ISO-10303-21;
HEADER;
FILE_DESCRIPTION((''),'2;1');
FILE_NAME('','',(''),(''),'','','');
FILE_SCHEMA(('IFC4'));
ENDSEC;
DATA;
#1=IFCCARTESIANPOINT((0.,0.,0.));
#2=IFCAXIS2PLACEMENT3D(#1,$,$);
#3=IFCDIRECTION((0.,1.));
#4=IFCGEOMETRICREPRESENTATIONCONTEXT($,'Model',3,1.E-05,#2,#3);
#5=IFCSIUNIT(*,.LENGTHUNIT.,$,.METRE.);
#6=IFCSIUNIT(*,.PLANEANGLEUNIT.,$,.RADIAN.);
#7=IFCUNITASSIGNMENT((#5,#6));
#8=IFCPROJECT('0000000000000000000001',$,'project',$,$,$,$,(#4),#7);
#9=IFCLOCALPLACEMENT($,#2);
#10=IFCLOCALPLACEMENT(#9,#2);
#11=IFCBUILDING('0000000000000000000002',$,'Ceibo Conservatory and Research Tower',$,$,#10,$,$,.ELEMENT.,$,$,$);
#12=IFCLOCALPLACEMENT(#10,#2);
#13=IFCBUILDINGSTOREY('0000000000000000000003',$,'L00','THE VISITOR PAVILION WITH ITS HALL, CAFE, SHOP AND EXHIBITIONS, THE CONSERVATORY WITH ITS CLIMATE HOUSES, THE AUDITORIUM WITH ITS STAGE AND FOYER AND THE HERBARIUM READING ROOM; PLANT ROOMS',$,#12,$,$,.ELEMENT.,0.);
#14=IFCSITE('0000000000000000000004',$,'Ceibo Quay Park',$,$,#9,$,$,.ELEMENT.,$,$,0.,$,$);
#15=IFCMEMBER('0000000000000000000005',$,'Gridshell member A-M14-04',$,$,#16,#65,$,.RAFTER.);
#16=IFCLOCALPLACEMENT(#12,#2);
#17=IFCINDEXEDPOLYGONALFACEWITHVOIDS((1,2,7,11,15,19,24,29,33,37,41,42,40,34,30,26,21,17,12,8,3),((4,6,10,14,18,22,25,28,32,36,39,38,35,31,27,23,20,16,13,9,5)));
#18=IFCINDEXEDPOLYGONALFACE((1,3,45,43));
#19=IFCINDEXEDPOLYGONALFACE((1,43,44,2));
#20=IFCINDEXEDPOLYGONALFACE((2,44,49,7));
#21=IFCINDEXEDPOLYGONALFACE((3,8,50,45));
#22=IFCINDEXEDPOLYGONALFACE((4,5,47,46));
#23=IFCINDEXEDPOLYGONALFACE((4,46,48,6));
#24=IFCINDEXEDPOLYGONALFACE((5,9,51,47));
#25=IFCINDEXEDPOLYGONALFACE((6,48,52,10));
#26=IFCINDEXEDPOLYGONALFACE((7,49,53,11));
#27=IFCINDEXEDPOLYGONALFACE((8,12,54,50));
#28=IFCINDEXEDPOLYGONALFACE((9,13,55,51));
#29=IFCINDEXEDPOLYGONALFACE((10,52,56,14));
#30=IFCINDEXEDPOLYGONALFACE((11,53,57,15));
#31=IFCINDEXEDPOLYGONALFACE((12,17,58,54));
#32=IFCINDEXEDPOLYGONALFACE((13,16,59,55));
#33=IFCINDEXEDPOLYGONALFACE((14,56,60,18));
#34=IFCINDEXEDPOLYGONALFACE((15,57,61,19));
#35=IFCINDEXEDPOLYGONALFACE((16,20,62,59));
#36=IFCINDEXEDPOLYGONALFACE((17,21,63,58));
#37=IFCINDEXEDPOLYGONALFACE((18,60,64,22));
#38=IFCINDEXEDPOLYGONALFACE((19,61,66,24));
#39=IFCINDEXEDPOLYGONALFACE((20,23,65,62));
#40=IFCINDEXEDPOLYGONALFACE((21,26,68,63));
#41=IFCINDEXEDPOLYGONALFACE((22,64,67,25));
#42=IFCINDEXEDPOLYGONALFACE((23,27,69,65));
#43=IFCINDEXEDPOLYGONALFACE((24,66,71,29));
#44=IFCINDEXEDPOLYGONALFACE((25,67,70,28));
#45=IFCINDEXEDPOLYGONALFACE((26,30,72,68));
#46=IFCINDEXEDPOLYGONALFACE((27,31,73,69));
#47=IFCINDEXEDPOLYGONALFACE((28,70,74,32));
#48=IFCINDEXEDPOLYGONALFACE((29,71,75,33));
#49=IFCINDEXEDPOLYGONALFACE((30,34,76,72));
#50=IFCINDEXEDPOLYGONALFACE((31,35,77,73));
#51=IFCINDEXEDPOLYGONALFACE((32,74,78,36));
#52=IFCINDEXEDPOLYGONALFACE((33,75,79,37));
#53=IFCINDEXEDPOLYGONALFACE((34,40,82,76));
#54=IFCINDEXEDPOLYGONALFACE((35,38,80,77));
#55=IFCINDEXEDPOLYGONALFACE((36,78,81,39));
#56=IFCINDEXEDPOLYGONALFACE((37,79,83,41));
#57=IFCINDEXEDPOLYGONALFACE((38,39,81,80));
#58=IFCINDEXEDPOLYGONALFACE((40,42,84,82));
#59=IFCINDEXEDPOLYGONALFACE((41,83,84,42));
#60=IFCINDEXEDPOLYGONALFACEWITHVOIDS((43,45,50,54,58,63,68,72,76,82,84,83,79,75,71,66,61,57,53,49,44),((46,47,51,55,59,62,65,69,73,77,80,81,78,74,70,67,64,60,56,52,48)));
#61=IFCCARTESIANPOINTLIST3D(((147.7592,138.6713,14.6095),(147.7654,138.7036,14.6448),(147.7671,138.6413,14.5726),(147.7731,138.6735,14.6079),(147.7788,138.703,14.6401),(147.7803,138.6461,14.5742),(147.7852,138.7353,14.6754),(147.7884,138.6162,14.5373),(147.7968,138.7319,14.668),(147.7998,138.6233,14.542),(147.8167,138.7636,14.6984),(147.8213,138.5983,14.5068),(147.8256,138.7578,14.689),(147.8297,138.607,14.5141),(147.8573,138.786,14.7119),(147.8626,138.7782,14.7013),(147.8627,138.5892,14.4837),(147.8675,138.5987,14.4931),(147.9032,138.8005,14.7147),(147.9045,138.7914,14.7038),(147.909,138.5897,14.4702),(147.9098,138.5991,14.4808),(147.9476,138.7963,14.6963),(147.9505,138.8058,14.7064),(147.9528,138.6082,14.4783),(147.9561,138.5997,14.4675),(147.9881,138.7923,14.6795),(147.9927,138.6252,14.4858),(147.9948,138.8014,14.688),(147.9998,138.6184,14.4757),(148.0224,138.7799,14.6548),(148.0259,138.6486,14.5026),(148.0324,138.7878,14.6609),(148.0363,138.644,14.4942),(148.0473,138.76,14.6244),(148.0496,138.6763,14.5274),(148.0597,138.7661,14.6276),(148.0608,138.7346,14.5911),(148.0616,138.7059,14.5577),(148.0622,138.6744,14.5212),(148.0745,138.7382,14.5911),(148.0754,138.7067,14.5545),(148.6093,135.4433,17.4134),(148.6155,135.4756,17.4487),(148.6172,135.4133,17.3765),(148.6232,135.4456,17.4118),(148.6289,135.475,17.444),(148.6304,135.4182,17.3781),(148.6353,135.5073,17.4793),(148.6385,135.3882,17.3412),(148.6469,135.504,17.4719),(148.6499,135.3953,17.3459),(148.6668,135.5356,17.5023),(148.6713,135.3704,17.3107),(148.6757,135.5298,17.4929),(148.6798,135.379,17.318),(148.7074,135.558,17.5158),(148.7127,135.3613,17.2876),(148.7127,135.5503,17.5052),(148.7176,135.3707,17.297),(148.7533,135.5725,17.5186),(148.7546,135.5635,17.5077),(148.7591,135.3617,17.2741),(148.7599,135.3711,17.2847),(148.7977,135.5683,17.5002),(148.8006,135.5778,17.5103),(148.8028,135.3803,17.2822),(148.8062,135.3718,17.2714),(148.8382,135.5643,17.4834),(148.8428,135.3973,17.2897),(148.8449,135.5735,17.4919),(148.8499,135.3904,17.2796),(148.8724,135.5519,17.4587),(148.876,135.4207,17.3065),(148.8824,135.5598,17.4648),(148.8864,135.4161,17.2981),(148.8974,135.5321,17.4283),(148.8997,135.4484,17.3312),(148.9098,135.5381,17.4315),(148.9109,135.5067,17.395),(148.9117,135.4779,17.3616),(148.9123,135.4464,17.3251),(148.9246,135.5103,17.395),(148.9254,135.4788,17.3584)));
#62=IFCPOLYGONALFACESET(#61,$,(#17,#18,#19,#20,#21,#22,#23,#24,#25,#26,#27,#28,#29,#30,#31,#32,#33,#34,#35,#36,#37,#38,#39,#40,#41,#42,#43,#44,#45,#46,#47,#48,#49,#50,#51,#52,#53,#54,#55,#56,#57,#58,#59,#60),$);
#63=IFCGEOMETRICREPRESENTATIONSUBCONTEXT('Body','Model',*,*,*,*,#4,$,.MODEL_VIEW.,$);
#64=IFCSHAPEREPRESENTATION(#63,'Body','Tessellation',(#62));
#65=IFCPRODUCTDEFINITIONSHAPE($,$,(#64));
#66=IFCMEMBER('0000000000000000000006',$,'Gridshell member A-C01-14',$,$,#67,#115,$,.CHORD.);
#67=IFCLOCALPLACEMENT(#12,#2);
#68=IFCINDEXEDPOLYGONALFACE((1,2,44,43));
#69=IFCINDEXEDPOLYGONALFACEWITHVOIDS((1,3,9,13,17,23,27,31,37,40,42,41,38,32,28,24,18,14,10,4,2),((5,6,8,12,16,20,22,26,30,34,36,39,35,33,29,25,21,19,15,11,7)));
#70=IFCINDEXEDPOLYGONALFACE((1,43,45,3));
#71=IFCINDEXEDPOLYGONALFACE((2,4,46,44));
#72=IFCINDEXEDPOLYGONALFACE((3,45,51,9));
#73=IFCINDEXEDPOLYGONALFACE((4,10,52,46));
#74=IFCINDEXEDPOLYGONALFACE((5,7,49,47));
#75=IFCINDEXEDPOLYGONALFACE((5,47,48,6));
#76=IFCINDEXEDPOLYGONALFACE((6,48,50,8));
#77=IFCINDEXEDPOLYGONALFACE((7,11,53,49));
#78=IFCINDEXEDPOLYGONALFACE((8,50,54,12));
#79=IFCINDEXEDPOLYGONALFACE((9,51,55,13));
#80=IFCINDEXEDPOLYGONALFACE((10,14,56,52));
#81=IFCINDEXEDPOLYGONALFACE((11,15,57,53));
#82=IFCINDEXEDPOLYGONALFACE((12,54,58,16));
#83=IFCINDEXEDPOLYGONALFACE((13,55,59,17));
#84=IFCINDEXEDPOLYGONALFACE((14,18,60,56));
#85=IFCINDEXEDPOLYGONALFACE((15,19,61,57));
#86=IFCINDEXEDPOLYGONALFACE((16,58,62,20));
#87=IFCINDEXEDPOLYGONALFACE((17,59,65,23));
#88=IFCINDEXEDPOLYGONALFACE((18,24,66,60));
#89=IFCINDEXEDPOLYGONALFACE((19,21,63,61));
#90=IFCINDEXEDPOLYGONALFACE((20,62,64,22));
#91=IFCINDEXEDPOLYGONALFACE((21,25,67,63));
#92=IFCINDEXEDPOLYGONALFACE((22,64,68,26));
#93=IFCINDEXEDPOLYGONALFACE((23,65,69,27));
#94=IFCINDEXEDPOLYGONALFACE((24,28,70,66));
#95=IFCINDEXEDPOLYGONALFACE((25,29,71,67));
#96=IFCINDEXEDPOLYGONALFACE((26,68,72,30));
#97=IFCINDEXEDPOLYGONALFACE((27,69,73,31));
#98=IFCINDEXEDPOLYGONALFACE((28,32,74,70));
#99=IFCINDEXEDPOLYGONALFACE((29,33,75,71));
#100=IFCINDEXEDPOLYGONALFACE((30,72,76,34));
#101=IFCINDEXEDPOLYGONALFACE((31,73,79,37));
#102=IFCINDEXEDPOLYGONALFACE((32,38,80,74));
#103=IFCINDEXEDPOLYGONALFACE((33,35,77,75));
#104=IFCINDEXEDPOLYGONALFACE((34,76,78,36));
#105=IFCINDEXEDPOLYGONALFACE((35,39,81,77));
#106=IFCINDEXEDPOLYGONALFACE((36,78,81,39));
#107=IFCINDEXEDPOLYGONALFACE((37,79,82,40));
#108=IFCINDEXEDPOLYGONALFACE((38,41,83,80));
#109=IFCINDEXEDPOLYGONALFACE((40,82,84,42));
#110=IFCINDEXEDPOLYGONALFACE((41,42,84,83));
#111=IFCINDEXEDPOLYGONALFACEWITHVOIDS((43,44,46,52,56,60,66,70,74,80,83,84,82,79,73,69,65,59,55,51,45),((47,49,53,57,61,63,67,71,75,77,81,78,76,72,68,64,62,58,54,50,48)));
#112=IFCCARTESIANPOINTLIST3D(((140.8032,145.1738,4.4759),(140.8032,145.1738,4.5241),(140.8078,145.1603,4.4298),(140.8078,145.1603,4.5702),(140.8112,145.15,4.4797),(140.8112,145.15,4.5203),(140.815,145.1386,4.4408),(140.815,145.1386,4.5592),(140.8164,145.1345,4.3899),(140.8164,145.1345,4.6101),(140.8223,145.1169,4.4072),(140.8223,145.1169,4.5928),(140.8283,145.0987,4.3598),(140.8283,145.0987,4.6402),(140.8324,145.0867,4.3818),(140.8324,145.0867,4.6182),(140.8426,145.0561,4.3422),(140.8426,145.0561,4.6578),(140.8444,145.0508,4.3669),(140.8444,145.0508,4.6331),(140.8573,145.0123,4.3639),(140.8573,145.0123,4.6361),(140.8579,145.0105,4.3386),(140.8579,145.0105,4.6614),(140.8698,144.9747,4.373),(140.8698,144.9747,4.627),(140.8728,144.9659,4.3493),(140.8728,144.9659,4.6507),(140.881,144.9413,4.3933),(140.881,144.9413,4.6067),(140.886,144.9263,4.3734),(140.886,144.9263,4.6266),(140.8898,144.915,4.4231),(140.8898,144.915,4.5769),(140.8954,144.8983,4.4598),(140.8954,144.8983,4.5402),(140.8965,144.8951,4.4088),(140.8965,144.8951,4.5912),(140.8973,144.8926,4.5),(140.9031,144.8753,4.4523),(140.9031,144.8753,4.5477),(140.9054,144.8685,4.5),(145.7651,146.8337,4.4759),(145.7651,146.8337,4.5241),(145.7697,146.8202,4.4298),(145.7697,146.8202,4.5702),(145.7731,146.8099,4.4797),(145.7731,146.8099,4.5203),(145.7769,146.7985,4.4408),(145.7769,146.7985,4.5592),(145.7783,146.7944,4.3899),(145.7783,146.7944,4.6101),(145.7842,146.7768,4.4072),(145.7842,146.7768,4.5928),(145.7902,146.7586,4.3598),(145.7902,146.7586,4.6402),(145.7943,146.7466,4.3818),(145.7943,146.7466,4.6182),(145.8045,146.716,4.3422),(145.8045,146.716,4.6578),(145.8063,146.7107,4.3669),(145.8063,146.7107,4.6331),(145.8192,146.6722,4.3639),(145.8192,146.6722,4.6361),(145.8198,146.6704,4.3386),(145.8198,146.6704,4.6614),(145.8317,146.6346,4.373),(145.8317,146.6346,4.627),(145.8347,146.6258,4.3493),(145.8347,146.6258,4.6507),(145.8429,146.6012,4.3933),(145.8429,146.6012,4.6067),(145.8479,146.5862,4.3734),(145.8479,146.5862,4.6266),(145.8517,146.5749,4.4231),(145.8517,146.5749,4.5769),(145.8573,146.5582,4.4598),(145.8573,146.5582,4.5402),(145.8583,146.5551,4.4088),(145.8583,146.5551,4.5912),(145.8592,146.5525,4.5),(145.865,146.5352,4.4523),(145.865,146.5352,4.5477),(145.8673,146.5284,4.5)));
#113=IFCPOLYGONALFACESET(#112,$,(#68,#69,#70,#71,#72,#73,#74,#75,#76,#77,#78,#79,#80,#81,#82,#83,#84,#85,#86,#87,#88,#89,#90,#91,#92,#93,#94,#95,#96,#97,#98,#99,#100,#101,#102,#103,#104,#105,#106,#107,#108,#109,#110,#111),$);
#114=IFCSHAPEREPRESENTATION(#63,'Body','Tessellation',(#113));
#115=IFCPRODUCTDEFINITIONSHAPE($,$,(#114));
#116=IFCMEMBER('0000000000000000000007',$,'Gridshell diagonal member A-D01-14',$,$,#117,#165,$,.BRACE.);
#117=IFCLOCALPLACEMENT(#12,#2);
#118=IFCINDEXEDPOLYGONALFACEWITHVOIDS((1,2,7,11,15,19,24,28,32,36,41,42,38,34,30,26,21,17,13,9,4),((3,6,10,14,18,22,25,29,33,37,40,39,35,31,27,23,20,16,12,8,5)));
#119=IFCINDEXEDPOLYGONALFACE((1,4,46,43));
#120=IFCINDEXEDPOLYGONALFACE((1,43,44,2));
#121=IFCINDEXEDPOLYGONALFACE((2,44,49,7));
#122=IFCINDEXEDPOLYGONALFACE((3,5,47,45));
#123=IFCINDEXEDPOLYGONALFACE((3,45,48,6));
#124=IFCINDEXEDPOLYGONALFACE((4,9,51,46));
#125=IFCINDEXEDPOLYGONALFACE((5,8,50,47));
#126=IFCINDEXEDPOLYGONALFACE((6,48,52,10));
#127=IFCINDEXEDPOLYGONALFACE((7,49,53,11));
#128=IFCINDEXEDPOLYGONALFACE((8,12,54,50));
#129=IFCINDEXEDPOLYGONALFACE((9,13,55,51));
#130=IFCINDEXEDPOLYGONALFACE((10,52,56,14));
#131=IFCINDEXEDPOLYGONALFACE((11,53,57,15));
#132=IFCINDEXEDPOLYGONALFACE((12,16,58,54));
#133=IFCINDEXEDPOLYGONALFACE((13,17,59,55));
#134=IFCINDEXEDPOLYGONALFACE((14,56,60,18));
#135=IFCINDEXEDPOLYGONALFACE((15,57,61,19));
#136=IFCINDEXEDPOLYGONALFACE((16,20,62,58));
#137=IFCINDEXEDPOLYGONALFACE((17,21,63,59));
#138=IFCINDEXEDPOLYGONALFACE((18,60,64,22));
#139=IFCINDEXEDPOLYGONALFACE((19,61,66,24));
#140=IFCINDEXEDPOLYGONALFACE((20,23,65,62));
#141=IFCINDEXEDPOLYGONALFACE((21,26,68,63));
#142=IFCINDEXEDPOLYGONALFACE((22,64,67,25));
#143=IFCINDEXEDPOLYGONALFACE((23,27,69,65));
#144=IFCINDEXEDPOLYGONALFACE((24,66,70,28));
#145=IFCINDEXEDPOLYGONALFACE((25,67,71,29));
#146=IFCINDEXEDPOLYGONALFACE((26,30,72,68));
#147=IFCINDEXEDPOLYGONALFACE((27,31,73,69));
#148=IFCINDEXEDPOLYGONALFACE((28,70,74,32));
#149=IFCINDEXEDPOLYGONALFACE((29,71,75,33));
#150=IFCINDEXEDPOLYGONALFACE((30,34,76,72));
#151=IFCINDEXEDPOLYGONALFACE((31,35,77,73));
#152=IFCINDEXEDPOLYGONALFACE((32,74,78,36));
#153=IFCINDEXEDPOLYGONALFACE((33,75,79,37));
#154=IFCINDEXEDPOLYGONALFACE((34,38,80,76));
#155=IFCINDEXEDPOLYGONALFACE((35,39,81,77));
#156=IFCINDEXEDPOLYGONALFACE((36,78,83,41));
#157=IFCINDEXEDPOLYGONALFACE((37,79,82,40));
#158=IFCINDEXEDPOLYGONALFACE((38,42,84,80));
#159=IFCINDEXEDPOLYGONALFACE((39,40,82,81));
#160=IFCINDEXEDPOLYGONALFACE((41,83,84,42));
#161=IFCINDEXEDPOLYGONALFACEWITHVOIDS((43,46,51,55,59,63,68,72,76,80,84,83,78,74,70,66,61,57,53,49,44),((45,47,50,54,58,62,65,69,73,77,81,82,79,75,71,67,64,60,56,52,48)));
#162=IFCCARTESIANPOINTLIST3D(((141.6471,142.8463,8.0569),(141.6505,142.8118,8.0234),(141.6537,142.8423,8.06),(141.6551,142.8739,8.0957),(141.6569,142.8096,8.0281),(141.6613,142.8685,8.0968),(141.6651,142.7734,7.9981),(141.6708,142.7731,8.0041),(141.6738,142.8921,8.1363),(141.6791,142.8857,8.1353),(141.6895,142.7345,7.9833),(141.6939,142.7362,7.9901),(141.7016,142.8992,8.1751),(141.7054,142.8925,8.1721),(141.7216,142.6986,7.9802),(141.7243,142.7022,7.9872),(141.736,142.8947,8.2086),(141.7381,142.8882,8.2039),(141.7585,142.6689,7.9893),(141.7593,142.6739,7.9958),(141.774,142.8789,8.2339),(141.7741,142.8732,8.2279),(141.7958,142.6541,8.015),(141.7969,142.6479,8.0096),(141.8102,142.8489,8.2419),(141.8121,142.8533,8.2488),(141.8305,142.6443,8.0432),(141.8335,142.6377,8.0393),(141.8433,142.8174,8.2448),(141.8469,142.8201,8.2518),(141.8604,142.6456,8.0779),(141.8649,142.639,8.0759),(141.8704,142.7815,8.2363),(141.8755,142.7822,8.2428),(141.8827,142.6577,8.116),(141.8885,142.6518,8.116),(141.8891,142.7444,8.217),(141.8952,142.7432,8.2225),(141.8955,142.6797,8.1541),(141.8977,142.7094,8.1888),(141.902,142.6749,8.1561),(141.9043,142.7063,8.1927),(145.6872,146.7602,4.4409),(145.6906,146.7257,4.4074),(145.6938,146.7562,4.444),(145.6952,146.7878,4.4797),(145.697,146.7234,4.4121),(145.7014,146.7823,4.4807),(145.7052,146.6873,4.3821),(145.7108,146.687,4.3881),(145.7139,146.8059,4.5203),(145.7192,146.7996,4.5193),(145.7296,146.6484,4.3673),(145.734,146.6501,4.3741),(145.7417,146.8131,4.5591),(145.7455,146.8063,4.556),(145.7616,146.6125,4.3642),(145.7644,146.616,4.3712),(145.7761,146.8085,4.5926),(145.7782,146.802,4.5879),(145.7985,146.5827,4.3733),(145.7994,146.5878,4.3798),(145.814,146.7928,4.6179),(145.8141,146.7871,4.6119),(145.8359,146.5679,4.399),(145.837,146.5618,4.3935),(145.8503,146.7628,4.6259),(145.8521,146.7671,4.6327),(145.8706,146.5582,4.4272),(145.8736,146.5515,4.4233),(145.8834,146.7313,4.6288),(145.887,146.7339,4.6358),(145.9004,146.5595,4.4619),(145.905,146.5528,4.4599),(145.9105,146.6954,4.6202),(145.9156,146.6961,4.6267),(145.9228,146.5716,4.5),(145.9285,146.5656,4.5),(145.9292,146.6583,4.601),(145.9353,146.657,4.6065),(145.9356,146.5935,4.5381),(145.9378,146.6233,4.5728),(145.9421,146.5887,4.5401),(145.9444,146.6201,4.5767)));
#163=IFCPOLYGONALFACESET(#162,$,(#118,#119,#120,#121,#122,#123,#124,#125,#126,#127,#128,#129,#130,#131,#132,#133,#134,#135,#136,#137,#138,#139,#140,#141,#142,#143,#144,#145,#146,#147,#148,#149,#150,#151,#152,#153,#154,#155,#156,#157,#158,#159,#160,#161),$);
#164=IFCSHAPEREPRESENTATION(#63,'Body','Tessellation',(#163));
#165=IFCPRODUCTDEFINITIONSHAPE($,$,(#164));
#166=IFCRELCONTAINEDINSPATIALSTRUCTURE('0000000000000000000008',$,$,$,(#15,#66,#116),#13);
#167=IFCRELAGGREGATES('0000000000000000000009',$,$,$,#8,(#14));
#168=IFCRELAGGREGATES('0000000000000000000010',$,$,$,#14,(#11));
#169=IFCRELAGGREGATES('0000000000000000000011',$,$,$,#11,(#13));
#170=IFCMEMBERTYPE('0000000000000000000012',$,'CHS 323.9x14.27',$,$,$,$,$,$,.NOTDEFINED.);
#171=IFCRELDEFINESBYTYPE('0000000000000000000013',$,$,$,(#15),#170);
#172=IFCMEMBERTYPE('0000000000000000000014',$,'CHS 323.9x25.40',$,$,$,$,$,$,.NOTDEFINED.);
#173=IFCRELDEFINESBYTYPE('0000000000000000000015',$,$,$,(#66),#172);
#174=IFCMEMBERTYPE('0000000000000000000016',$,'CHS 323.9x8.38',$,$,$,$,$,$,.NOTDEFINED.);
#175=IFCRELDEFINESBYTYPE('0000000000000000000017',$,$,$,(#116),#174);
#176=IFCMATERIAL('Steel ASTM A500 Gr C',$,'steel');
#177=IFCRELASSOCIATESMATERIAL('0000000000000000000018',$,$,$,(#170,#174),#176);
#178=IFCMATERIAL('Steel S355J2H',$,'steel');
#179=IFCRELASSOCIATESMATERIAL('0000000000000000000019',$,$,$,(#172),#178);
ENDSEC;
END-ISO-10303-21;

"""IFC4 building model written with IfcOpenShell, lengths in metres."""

from ifc_helpers import new_model, si_unit, direction, frame, origin, origin_2d, place, context, subcontext, project, spatial, hollow_circle, extrude, material, material_profile, profile_set, type_object, element, save


model = new_model("IFC4")

# Units and contexts
model_context = context("Model", 3, precision=1e-05, world=origin(), true_north=direction((0.0, 1.0)))
body_context = subcontext(model_context, "Body", "Model", "MODEL_VIEW")
ifc_project = project(units=[si_unit("LENGTHUNIT", "METRE"), si_unit("PLANEANGLEUNIT", "RADIAN")], contexts=[model_context])

# Site, building, storey
site_placement = place(None, origin())
site = spatial("IfcSite", under=ifc_project, at=site_placement, Name="Ceibo Quay Park", CompositionType="ELEMENT", RefElevation=0.0)
building_placement = place(site_placement, origin())
building = spatial("IfcBuilding", under=site, at=building_placement, Name="Ceibo Conservatory and Research Tower", CompositionType="ELEMENT")
storey_placement = place(building_placement, origin())
storey = spatial("IfcBuildingStorey", under=building, at=storey_placement, Name="L00", Description="THE VISITOR PAVILION WITH ITS HALL, CAFE, SHOP AND EXHIBITIONS, THE CONSERVATORY WITH ITS CLIMATE HOUSES, THE AUDITORIUM WITH ITS STAGE AND FOYER AND THE HERBARIUM READING ROOM; PLANT ROOMS", CompositionType="ELEMENT", Elevation=0.0)

# Members
ifc_material_1 = material(Name="Steel ASTM A500 Gr C", Category="steel")
ifc_material_profile_1 = material_profile(ifc_material_1, hollow_circle(Radius=0.1619, WallThickness=0.0142, at=origin_2d()), Name="CHS 323.9x14.27")
ifc_profile_set_1 = profile_set([ifc_material_profile_1], Name="Steel ASTM A500 Gr C")
member_type_1 = type_object("IfcMemberType", Name="CHS 323.9x14.27", PredefinedType="NOTDEFINED", material=ifc_profile_set_1)
member_1_placement = place(storey_placement, frame((147.918, 138.697, 14.5911), z_axis=(0.195, -0.740463, 0.643187), x_axis=(0.967029, 0.254666, 0.0)))
element("IfcMember", 1, at=member_1_placement, inside=storey, type_object=member_type_1, Name="Gridshell member A-M14-04", PredefinedType="RAFTER", context=body_context, shape_type="SweptSolid", body=[
    extrude(hollow_circle(Radius=0.1619, WallThickness=0.0142, at=origin_2d()), origin(), (0.0, 0.0, 1.0), 4.3594),
])
ifc_material_2 = material(Name="Steel S355J2H", Category="steel")
ifc_material_profile_2 = material_profile(ifc_material_2, hollow_circle(Radius=0.1619, WallThickness=0.0254, at=origin_2d()), Name="CHS 323.9x25.40")
ifc_profile_set_2 = profile_set([ifc_material_profile_2], Name="Steel S355J2H")
member_type_2 = type_object("IfcMemberType", Name="CHS 323.9x25.40", PredefinedType="NOTDEFINED", material=ifc_profile_set_2)
member_2_placement = place(storey_placement, frame((145.8159, 146.6819, 4.5), z_axis=(-0.948342, -0.317249, 0.0), x_axis=(0.317249, -0.948342, 0.0)))
element("IfcMember", 2, at=member_2_placement, inside=storey, type_object=member_type_2, Name="Gridshell member A-C01-14", PredefinedType="CHORD", context=body_context, shape_type="SweptSolid", body=[
    extrude(hollow_circle(Radius=0.1619, WallThickness=0.0254, at=origin_2d()), origin(), (0.0, 0.0, 1.0), 5.2322),
])
ifc_material_profile_3 = material_profile(ifc_material_1, hollow_circle(Radius=0.1619, WallThickness=0.0083, at=origin_2d()), Name="CHS 323.9x8.38")
ifc_profile_set_3 = profile_set([ifc_material_profile_3], Name="Steel ASTM A500 Gr C")
member_type_3 = type_object("IfcMemberType", Name="CHS 323.9x8.38", PredefinedType="NOTDEFINED", material=ifc_profile_set_3)
member_3_placement = place(storey_placement, frame((145.8159, 146.6819, 4.5), z_axis=(-0.604169, -0.585293, 0.540751), x_axis=(0.695798, -0.718238, 0.0)))
element("IfcMember", 3, at=member_3_placement, inside=storey, type_object=member_type_3, Name="Gridshell diagonal member A-D01-14", PredefinedType="BRACE", context=body_context, shape_type="SweptSolid", body=[
    extrude(hollow_circle(Radius=0.1619, WallThickness=0.0083, at=origin_2d()), origin(), (0.0, 0.0, 1.0), 6.687),
])

save(model, "model.ifc")
